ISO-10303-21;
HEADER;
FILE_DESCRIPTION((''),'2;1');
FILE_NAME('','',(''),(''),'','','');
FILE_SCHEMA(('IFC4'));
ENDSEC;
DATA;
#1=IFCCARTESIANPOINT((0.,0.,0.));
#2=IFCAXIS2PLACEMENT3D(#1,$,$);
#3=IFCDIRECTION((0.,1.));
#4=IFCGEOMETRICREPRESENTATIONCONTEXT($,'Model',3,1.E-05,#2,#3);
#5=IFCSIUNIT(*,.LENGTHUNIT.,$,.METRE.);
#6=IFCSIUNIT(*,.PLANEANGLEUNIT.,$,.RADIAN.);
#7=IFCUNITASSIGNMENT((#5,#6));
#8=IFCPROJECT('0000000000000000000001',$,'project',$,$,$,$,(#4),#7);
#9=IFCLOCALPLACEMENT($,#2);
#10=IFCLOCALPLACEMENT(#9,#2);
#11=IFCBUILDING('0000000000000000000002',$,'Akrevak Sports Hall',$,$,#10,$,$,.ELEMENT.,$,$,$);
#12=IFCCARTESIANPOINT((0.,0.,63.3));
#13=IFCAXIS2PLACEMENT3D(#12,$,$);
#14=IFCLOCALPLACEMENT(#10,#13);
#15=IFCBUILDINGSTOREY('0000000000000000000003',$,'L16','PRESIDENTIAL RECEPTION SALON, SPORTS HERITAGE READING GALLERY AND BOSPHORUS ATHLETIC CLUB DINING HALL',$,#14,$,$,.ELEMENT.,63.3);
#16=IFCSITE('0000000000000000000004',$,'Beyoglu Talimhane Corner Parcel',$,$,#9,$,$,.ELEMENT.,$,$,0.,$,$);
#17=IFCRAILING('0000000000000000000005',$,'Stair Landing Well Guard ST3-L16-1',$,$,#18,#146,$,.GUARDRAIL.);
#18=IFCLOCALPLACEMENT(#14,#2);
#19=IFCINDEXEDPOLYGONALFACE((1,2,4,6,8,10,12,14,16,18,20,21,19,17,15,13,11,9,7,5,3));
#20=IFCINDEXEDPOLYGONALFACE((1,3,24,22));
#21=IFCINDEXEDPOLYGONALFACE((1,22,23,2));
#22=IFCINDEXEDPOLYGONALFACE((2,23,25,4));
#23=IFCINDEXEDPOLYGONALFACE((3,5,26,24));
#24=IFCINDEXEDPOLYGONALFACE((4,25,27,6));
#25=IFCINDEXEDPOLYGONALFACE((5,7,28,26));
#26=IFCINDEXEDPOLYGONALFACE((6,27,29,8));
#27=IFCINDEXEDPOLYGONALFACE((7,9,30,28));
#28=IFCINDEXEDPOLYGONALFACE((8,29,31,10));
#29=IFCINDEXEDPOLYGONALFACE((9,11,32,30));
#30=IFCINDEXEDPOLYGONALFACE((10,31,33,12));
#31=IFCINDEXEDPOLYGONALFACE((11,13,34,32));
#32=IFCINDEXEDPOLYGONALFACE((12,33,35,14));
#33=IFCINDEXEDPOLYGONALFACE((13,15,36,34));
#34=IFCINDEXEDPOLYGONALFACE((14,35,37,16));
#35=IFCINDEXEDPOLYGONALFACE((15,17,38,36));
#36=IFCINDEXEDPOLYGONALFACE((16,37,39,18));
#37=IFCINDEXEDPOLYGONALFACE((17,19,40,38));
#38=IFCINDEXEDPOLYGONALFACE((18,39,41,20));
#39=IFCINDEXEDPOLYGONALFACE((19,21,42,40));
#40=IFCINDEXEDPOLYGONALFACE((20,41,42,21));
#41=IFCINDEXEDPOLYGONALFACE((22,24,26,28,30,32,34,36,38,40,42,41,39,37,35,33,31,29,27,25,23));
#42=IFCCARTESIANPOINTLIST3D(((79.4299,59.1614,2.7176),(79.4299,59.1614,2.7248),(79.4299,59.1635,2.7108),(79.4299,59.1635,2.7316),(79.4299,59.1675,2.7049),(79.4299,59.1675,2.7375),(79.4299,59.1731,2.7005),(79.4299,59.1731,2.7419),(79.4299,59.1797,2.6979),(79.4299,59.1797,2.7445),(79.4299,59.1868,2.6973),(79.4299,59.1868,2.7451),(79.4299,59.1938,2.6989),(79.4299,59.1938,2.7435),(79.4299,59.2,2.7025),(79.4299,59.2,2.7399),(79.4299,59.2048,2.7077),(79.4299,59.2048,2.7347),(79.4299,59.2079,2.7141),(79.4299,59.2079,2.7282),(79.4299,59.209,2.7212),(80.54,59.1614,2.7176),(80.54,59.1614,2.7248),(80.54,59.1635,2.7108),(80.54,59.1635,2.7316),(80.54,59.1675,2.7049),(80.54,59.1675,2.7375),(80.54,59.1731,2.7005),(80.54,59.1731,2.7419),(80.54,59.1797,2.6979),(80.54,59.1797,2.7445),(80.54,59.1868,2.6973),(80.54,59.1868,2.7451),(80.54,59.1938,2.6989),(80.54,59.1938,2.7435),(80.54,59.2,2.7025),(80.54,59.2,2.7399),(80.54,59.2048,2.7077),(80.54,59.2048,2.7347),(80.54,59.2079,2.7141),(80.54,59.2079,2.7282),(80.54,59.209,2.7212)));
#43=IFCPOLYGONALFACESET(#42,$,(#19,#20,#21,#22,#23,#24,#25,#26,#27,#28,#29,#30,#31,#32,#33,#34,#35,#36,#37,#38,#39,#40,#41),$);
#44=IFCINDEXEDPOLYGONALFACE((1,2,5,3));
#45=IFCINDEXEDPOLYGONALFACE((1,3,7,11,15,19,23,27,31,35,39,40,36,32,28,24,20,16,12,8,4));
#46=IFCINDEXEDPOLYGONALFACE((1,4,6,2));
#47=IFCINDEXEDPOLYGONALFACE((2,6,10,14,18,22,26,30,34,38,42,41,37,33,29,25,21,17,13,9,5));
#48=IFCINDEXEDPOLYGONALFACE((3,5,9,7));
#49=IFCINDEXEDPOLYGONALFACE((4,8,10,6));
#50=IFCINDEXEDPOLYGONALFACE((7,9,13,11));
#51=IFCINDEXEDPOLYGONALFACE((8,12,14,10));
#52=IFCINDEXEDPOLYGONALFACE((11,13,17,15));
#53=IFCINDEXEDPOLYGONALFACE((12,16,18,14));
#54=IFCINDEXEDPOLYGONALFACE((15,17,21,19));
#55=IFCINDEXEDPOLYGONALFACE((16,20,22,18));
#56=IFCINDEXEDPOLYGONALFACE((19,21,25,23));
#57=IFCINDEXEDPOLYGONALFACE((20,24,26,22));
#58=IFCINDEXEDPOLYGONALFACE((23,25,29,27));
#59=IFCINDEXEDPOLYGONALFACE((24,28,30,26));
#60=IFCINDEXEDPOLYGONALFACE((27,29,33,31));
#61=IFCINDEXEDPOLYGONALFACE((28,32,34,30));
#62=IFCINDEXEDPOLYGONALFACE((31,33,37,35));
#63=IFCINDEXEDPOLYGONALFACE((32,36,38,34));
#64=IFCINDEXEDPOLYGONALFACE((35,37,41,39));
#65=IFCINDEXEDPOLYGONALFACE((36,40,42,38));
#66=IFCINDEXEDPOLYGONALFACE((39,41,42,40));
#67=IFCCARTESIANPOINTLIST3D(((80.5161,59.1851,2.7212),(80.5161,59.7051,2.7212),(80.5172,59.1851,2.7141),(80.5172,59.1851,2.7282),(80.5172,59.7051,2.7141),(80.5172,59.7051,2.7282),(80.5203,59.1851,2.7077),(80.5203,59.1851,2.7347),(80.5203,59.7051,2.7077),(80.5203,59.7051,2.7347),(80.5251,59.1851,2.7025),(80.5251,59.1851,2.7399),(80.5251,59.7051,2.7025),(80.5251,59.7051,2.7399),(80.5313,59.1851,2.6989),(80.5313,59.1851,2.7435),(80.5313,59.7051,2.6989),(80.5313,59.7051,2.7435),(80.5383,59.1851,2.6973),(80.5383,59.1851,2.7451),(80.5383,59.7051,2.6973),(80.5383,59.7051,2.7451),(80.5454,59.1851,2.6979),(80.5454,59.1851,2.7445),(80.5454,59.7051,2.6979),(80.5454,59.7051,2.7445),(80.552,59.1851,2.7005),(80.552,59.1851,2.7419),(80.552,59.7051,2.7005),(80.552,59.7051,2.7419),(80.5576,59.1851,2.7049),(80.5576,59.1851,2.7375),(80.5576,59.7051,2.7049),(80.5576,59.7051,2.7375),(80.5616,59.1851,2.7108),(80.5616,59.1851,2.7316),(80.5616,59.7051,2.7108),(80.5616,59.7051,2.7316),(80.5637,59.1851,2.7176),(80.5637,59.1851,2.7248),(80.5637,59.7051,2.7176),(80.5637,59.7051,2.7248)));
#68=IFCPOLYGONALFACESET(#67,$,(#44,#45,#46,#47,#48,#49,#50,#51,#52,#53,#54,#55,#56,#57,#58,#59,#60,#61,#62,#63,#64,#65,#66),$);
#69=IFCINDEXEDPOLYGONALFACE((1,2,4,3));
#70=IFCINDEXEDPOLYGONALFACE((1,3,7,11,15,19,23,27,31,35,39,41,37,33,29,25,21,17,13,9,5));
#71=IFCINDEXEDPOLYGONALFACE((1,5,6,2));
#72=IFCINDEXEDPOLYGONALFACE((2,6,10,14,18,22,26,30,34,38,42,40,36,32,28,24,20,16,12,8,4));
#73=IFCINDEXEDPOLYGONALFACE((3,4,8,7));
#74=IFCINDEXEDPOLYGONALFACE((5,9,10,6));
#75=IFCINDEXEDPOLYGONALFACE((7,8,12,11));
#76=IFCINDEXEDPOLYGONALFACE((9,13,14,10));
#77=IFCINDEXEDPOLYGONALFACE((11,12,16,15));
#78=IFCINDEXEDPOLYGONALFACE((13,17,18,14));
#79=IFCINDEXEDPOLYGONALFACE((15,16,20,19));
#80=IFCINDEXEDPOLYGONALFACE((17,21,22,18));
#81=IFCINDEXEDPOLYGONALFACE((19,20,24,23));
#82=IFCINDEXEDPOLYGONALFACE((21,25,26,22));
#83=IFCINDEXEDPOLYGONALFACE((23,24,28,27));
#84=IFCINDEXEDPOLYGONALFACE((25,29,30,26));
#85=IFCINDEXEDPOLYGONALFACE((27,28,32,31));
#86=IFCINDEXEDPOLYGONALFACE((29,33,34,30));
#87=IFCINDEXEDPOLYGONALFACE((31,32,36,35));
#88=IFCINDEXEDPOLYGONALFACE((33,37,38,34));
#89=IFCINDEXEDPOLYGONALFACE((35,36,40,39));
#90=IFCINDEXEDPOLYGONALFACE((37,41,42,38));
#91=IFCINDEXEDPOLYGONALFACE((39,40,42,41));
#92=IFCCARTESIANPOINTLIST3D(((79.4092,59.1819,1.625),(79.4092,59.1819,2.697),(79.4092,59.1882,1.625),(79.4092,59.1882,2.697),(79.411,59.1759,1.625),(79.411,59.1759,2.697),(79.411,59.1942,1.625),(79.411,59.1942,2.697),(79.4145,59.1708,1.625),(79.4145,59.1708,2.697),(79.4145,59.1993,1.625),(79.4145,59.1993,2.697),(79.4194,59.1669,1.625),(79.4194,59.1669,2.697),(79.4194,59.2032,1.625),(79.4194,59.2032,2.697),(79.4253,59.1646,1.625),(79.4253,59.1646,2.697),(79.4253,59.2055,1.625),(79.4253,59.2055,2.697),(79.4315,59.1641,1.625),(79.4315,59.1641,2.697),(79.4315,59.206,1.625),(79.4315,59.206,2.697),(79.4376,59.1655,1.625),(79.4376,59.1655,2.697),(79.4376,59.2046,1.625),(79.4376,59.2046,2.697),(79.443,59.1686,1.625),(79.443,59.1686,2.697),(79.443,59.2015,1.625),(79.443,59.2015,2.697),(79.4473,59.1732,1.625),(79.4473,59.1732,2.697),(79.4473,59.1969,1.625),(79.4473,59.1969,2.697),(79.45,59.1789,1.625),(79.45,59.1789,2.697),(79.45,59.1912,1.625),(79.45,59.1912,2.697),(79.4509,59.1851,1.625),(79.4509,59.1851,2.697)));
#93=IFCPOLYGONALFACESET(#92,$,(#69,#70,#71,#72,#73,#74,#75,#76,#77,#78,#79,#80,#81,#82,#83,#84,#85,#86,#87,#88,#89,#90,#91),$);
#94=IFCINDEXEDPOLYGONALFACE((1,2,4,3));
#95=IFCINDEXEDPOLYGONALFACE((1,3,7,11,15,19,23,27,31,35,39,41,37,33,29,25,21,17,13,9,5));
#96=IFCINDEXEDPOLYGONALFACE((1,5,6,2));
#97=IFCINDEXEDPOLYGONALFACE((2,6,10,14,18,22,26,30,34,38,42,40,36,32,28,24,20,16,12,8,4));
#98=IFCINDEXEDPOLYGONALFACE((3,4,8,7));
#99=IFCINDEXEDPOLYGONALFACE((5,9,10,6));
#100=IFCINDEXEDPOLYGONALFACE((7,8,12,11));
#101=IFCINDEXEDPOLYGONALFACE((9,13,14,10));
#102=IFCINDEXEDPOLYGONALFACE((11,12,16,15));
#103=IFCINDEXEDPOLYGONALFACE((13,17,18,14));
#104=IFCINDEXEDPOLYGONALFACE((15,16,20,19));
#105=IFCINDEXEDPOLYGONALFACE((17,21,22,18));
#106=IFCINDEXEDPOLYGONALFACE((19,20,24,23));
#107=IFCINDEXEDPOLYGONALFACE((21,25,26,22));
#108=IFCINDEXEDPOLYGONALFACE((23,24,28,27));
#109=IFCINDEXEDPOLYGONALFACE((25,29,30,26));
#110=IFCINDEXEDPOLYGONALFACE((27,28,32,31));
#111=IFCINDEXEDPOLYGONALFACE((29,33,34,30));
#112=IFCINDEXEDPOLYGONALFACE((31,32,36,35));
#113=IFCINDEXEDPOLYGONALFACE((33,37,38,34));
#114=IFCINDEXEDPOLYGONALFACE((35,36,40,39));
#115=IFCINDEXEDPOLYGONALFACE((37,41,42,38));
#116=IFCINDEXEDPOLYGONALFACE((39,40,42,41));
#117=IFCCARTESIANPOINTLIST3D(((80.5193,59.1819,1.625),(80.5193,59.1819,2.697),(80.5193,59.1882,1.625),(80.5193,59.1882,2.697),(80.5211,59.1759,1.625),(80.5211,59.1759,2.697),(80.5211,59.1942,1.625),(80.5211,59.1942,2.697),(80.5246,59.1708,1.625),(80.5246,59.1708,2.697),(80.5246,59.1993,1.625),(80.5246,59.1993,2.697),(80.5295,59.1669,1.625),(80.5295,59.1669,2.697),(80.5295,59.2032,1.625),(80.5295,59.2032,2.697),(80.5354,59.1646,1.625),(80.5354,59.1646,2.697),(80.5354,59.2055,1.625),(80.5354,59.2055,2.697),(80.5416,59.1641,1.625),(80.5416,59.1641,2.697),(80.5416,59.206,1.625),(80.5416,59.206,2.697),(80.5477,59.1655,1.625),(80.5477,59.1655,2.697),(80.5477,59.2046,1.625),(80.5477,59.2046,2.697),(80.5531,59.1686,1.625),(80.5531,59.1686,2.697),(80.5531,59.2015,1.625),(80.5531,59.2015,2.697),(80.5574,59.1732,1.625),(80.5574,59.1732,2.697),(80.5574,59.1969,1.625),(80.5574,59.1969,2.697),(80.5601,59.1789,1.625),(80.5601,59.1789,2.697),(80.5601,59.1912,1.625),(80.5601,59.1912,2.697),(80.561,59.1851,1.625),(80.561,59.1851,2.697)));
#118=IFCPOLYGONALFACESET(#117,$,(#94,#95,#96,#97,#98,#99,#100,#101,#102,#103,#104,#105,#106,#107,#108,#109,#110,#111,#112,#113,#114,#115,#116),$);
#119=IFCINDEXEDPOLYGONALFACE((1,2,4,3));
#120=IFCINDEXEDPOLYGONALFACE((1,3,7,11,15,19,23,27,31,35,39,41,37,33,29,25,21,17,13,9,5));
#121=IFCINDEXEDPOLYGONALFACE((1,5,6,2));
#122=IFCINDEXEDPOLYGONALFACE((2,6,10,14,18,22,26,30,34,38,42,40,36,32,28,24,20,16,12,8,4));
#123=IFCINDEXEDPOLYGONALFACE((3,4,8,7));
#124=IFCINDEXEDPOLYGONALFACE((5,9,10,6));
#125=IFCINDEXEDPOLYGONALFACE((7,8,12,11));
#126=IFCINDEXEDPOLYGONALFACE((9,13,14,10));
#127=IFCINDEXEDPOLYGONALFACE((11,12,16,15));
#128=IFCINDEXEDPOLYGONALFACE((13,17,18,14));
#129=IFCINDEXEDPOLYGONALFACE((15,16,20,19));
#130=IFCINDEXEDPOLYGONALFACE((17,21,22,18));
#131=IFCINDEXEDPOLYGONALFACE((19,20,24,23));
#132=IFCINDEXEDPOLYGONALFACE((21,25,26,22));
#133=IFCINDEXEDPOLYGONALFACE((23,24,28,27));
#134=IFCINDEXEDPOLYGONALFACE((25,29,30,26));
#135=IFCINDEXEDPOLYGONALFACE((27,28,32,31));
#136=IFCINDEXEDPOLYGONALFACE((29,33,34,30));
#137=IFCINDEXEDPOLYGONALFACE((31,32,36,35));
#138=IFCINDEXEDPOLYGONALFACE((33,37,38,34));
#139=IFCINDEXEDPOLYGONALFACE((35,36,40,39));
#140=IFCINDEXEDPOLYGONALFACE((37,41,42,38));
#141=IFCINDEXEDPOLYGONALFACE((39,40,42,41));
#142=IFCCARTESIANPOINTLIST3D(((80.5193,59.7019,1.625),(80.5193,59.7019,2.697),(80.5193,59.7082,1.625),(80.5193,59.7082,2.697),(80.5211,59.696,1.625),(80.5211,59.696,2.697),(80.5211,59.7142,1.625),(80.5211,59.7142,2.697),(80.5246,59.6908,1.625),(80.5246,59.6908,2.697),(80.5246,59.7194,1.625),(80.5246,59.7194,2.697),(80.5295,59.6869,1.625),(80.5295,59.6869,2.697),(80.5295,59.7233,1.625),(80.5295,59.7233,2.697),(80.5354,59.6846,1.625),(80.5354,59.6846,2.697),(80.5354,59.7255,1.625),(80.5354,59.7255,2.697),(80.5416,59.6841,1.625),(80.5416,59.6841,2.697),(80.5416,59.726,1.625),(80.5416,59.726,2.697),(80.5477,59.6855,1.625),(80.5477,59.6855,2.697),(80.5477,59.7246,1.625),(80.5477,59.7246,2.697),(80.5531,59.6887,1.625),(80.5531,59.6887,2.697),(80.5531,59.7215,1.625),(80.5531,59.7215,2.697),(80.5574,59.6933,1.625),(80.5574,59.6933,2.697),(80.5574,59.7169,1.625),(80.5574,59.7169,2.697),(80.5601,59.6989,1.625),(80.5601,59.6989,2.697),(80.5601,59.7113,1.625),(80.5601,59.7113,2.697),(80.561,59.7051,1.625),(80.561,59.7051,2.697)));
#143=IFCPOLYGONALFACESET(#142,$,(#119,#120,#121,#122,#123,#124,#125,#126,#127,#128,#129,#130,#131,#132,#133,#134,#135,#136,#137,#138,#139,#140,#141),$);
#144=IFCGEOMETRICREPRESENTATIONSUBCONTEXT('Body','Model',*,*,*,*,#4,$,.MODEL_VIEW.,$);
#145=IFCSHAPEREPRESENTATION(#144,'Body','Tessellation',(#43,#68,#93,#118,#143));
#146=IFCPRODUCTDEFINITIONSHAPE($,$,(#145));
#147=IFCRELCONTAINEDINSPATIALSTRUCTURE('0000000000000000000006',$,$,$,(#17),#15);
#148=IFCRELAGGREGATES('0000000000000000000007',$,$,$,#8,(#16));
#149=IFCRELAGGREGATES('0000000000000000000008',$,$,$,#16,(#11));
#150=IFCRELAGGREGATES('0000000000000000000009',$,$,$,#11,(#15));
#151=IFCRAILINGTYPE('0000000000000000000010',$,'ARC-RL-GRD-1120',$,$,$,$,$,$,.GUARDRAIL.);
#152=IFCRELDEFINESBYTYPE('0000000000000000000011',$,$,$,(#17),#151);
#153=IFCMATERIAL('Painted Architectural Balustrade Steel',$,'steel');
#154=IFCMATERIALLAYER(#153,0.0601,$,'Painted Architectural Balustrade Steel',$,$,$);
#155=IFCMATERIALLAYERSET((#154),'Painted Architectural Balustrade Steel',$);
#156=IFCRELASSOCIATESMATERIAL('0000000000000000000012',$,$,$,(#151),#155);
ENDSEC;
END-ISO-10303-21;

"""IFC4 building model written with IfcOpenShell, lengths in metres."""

from ifc_helpers import new_model, si_unit, direction, frame, origin, origin_2d, place, context, subcontext, project, spatial, circle, extrude, material, layer, layer_set, type_object, element, save


model = new_model("IFC4")

# Units and contexts
model_context = context("Model", 3, precision=1e-05, world=origin(), true_north=direction((0.0, 1.0)))
body_context = subcontext(model_context, "Body", "Model", "MODEL_VIEW")
ifc_project = project(units=[si_unit("LENGTHUNIT", "METRE"), si_unit("PLANEANGLEUNIT", "RADIAN")], contexts=[model_context])

# Site, building, storey
site_placement = place(None, origin())
site = spatial("IfcSite", under=ifc_project, at=site_placement, Name="Beyoglu Talimhane Corner Parcel", CompositionType="ELEMENT", RefElevation=0.0)
building_placement = place(site_placement, origin())
building = spatial("IfcBuilding", under=site, at=building_placement, Name="Akrevak Sports Hall", CompositionType="ELEMENT")
storey_placement = place(building_placement, frame((0.0, 0.0, 63.3)))
storey = spatial("IfcBuildingStorey", under=building, at=storey_placement, Name="L16", Description="PRESIDENTIAL RECEPTION SALON, SPORTS HERITAGE READING GALLERY AND BOSPHORUS ATHLETIC CLUB DINING HALL", CompositionType="ELEMENT", Elevation=63.3)

# Railing
ifc_material_1 = material(Name="Painted Architectural Balustrade Steel", Category="steel")
ifc_layer_1 = layer(ifc_material_1, 0.0601, Name="Painted Architectural Balustrade Steel")
ifc_layer_set_1 = layer_set([ifc_layer_1], Name="Painted Architectural Balustrade Steel")
railing_type_1 = type_object("IfcRailingType", Name="ARC-RL-GRD-1120", PredefinedType="GUARDRAIL", material=ifc_layer_set_1)
railing_1_placement = place(storey_placement, frame((79.4299, 59.1851, 1.625)))
element("IfcRailing", 1, at=railing_1_placement, inside=storey, type_object=railing_type_1, Name="Stair Landing Well Guard ST3-L16-1", PredefinedType="GUARDRAIL", context=body_context, shape_type="SweptSolid", body=[
    extrude(circle(Radius=0.0239, at=origin_2d()), frame((0.0, 0.0, 1.0962), z_axis=(1.0, 0.0, 0.0), x_axis=(0.0, 1.0, 0.0)), (0.0, 0.0, 1.0), 1.1101),
    extrude(circle(Radius=0.0239, at=origin_2d()), frame((1.1101, 0.0, 1.0962), z_axis=(0.0, 1.0, 0.0), x_axis=(-1.0, 0.0, 0.0)), (0.0, 0.0, 1.0), 0.52),
    extrude(circle(Radius=0.021, at=origin_2d()), origin(), (0.0, 0.0, 1.0), 1.072),
    extrude(circle(Radius=0.021, at=origin_2d()), frame((1.1101, 0.0, 0.0)), (0.0, 0.0, 1.0), 1.072),
    extrude(circle(Radius=0.021, at=origin_2d()), frame((1.1101, 0.52, 0.0)), (0.0, 0.0, 1.0), 1.072),
])

save(model, "model.ifc")
